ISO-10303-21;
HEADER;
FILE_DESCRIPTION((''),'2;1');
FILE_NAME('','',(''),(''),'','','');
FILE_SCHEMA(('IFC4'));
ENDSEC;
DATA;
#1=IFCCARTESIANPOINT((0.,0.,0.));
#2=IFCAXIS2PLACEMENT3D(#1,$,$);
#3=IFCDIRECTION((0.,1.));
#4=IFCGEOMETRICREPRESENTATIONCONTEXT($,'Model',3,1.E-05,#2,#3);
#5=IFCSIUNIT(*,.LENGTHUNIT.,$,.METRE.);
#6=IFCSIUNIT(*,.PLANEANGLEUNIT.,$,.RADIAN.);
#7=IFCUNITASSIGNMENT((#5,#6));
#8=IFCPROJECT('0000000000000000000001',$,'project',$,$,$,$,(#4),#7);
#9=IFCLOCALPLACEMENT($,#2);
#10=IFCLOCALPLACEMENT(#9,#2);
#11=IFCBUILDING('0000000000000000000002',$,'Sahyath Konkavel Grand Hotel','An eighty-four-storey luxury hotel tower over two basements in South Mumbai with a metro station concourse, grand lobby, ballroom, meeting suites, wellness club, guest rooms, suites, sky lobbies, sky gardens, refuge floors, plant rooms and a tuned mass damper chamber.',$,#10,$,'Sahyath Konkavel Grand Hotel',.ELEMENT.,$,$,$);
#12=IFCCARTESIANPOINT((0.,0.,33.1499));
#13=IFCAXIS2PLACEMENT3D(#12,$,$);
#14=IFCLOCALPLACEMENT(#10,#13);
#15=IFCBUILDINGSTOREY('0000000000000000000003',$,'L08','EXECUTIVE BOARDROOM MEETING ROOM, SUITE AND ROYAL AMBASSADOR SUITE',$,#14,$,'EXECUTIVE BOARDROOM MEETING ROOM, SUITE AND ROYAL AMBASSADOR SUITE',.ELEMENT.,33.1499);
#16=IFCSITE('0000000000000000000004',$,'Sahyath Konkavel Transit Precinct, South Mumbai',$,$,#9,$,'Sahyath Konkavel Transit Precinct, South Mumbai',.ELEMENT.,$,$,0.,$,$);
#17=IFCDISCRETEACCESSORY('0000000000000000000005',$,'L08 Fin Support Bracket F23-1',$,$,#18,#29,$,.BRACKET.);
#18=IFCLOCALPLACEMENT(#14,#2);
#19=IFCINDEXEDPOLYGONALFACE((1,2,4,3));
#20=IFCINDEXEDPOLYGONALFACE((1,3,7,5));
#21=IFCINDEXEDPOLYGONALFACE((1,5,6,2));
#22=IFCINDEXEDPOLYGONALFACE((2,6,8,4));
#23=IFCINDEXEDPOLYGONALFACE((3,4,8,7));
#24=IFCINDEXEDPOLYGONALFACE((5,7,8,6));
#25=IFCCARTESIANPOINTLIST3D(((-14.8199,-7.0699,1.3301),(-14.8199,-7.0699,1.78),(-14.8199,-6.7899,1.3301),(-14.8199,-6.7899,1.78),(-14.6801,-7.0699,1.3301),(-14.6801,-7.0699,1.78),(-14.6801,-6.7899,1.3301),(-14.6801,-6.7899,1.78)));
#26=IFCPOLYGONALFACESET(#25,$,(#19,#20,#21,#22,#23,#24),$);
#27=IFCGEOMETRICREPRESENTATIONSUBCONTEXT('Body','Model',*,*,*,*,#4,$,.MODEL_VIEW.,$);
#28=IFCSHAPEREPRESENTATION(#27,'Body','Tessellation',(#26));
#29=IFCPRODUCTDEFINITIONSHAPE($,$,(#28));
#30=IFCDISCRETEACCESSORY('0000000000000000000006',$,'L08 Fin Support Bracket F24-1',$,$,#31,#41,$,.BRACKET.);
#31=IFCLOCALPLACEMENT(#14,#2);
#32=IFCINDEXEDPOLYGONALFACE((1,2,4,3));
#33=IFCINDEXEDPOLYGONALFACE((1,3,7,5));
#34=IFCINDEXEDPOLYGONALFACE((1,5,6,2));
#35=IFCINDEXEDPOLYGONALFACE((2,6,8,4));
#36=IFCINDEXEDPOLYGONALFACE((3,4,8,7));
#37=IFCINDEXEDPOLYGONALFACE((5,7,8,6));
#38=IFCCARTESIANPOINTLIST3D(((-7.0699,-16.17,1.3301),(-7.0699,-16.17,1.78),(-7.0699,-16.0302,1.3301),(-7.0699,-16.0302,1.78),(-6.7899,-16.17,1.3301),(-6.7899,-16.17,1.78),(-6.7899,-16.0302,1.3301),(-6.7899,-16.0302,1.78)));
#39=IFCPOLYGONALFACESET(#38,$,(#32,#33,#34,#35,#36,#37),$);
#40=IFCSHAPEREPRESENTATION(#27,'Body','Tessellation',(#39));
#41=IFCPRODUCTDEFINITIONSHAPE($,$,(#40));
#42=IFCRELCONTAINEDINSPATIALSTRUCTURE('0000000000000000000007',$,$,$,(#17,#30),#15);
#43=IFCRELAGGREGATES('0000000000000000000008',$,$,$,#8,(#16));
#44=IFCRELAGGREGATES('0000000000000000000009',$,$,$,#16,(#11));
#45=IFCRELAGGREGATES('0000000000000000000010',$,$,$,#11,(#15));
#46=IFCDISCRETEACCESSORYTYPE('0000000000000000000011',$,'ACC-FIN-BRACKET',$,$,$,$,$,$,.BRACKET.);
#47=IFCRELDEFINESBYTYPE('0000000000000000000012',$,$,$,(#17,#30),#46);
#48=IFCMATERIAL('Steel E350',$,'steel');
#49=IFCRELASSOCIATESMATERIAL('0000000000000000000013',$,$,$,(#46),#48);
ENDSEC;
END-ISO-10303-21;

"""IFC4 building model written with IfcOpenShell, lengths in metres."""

from ifc_helpers import new_model, si_unit, direction, frame, origin, origin_2d, place, context, subcontext, project, spatial, rectangle, extrude, source, transform, mapped, material, type_object, element, save


model = new_model("IFC4")

# Units and contexts
model_context = context("Model", 3, precision=1e-05, world=origin(), true_north=direction((0.0, 1.0)))
body_context = subcontext(model_context, "Body", "Model", "MODEL_VIEW")
ifc_project = project(units=[si_unit("LENGTHUNIT", "METRE"), si_unit("PLANEANGLEUNIT", "RADIAN")], contexts=[model_context])

# Site, building, storey
site_placement = place(None, origin())
site = spatial("IfcSite", under=ifc_project, at=site_placement, Name="Sahyath Konkavel Transit Precinct, South Mumbai", LongName="Sahyath Konkavel Transit Precinct, South Mumbai", CompositionType="ELEMENT", RefElevation=0.0)
building_placement = place(site_placement, origin())
building = spatial("IfcBuilding", under=site, at=building_placement, Name="Sahyath Konkavel Grand Hotel", Description="An eighty-four-storey luxury hotel tower over two basements in South Mumbai with a metro station concourse, grand lobby, ballroom, meeting suites, wellness club, guest rooms, suites, sky lobbies, sky gardens, refuge floors, plant rooms and a tuned mass damper chamber.", LongName="Sahyath Konkavel Grand Hotel", CompositionType="ELEMENT")
storey_placement = place(building_placement, frame((0.0, 0.0, 33.1499)))
storey = spatial("IfcBuildingStorey", under=building, at=storey_placement, Name="L08", Description="EXECUTIVE BOARDROOM MEETING ROOM, SUITE AND ROYAL AMBASSADOR SUITE", LongName="EXECUTIVE BOARDROOM MEETING ROOM, SUITE AND ROYAL AMBASSADOR SUITE", CompositionType="ELEMENT", Elevation=33.1499)

# Shared definitions
ifc_material_1 = material(Name="Steel E350", Category="steel")

# Discrete accessories
discrete_accessory_type = type_object("IfcDiscreteAccessoryType", Name="ACC-FIN-BRACKET", PredefinedType="BRACKET", material=ifc_material_1)
shared_shape_1 = source(origin(), body_context, "Body", "SweptSolid", [
    extrude(rectangle(XDim=0.28, YDim=0.1399, at=origin_2d()), origin(), (0.0, 0.0, 1.0), 0.45),
])
for number, where, z_axis, x_axis, name in (
    (1, (-14.75, -6.9299, 1.3301), (0.0, 0.0, 1.0), (0.0, -1.0, 0.0), "L08 Fin Support Bracket F23-1"),
    (2, (-6.9299, -16.1001, 1.3301), (0.0, 0.0, 1.0), (-1.0, 0.0, 0.0), "L08 Fin Support Bracket F24-1"),
):
    element("IfcDiscreteAccessory", number, at=place(storey_placement, frame(where, z_axis=z_axis, x_axis=x_axis)), inside=storey, type_object=discrete_accessory_type, Name=name, PredefinedType="BRACKET", context=body_context, shape_type="MappedRepresentation", body=[
        mapped(shared_shape_1, transform((0.0, 0.0, 0.0), scale=1.0)),
    ])

save(model, "model.ifc")
